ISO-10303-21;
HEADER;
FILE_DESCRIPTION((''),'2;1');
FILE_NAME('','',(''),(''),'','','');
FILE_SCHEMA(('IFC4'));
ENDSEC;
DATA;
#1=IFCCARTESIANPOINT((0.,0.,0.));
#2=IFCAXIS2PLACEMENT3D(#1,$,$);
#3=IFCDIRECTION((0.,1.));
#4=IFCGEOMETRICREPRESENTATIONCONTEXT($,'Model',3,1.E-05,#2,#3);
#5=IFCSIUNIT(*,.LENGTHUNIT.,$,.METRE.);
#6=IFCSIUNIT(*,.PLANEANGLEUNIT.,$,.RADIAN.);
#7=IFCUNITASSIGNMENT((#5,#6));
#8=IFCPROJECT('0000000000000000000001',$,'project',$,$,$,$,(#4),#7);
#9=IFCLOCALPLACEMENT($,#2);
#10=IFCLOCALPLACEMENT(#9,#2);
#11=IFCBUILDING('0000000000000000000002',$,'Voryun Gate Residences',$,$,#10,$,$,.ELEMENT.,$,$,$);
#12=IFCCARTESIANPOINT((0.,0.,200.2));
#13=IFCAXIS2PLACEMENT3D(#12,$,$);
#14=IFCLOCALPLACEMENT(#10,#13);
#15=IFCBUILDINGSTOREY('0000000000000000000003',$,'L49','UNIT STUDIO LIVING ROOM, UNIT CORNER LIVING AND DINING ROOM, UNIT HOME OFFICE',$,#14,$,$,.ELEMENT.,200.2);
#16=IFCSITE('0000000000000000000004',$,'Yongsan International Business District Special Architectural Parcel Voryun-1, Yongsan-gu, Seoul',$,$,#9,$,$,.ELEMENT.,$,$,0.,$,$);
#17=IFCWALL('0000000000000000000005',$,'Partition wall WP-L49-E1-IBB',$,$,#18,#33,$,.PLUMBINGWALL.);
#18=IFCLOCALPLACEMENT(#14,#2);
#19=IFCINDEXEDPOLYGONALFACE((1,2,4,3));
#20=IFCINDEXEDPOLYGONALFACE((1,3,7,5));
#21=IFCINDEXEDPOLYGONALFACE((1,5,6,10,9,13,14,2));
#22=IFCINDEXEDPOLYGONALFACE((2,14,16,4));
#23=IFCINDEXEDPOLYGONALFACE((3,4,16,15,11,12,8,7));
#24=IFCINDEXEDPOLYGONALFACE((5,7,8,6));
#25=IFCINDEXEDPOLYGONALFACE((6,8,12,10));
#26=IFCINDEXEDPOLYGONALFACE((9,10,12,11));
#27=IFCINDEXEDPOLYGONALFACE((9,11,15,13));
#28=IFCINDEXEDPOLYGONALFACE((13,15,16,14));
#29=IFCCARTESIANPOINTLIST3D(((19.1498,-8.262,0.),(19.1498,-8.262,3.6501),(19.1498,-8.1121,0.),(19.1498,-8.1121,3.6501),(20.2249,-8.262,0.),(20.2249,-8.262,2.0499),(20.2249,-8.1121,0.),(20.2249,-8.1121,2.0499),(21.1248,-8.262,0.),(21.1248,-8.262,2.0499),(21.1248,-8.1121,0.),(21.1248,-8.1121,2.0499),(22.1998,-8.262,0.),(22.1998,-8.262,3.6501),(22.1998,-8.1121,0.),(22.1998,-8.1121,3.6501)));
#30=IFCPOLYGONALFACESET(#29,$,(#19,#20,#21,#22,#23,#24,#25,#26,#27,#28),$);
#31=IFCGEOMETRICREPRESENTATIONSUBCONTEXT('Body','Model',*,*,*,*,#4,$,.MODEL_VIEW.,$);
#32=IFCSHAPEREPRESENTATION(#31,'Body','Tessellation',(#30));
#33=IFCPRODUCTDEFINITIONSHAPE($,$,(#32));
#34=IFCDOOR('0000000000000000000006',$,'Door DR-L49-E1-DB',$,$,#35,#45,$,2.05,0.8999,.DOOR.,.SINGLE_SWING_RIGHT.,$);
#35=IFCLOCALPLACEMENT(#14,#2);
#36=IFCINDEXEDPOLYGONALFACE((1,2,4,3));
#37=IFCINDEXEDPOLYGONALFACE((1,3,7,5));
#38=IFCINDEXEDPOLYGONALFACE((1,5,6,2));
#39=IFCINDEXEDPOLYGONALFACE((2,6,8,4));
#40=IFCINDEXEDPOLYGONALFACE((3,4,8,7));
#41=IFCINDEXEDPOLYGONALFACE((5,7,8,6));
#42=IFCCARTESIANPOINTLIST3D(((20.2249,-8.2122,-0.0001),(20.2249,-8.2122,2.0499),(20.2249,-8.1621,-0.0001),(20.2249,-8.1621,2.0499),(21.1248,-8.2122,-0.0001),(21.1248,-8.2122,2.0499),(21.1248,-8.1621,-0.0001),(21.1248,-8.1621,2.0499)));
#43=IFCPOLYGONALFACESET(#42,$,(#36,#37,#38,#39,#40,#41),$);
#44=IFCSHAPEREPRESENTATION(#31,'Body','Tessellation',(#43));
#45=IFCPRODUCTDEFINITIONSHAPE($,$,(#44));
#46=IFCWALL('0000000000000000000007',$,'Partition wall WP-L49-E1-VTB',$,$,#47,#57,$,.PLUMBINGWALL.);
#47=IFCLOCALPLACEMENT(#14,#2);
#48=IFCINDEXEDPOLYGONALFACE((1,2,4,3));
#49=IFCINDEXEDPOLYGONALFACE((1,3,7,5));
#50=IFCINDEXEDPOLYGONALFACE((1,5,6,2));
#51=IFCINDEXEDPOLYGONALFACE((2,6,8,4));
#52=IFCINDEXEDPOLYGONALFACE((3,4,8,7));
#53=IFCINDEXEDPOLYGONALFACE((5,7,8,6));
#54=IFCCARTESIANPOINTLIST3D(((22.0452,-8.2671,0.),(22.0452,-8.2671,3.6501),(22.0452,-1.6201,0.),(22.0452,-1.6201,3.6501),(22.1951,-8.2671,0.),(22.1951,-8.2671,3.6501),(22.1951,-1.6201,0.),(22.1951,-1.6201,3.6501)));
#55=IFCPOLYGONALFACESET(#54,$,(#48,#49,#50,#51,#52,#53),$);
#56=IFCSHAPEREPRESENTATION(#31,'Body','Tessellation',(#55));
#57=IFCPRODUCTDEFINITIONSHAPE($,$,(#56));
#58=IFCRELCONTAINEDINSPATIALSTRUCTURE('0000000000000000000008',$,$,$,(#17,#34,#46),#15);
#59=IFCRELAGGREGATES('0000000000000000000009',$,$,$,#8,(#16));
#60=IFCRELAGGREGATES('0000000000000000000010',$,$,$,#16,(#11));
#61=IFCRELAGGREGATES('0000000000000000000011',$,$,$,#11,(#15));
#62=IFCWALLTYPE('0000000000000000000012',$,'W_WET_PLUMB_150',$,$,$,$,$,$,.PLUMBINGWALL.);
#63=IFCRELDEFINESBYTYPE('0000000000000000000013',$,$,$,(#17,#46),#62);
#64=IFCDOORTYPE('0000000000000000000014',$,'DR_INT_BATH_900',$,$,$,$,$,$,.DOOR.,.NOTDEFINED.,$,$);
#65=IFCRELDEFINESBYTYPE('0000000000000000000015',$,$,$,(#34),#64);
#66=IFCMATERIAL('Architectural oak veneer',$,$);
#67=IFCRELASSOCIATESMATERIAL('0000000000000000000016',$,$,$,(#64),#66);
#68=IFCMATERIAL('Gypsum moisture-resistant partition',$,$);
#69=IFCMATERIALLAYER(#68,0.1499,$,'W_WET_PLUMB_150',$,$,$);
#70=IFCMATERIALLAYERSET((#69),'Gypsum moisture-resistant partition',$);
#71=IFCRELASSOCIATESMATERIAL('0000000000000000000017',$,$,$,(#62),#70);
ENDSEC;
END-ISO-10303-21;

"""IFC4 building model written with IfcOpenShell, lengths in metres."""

from ifc_helpers import new_model, si_unit, direction, frame, frame_2d, origin, place, context, subcontext, project, spatial, rectangle, extrude, material, layer, layer_set, type_object, element, fill, save


model = new_model("IFC4")

# Units and contexts
model_context = context("Model", 3, precision=1e-05, world=origin(), true_north=direction((0.0, 1.0)))
body_context = subcontext(model_context, "Body", "Model", "MODEL_VIEW")
ifc_project = project(units=[si_unit("LENGTHUNIT", "METRE"), si_unit("PLANEANGLEUNIT", "RADIAN")], contexts=[model_context])

# Site, building, storey
site_placement = place(None, origin())
site = spatial("IfcSite", under=ifc_project, at=site_placement, Name="Yongsan International Business District Special Architectural Parcel Voryun-1, Yongsan-gu, Seoul", CompositionType="ELEMENT", RefElevation=0.0)
building_placement = place(site_placement, origin())
building = spatial("IfcBuilding", under=site, at=building_placement, Name="Voryun Gate Residences", CompositionType="ELEMENT")
storey_placement = place(building_placement, frame((0.0, 0.0, 200.2)))
storey = spatial("IfcBuildingStorey", under=building, at=storey_placement, Name="L49", Description="UNIT STUDIO LIVING ROOM, UNIT CORNER LIVING AND DINING ROOM, UNIT HOME OFFICE", CompositionType="ELEMENT", Elevation=200.2)

# Shared definitions
ifc_material_1 = material(Name="Architectural oak veneer")
door_type_1 = type_object("IfcDoorType", Name="DR_INT_BATH_900", OperationType="NOTDEFINED", PredefinedType="DOOR", material=ifc_material_1)

# Wall, opening, door
ifc_material_2 = material(Name="Gypsum moisture-resistant partition")
ifc_layer_1 = layer(ifc_material_2, 0.1499, Name="W_WET_PLUMB_150")
ifc_layer_set_1 = layer_set([ifc_layer_1], Name="Gypsum moisture-resistant partition")
wall_type_1 = type_object("IfcWallType", Name="W_WET_PLUMB_150", PredefinedType="PLUMBINGWALL", material=ifc_layer_set_1)
wall_1_placement = place(storey_placement, frame((19.1499, -8.187, 0.0), z_axis=(0.0, 0.0, 1.0), x_axis=(1.0, 0.0, 0.0)))
wall_1 = element("IfcWall", 1, at=wall_1_placement, inside=storey, type_object=wall_type_1, Name="Partition wall WP-L49-E1-IBB", PredefinedType="PLUMBINGWALL", context=body_context, shape_type="SweptSolid", body=[
    extrude(rectangle(XDim=3.05, YDim=0.1499, at=frame_2d((1.5249, 0.0))), origin(), (0.0, 0.0, 1.0), 3.6501),
])
opening_1_placement = place(wall_1_placement, frame((1.075, 0.0, 0.0)))
opening_1 = element("IfcOpeningElement", 2, at=opening_1_placement, cuts=wall_1, PredefinedType="OPENING", context=body_context, shape_type="SweptSolid", body=[
    extrude(rectangle(XDim=0.8999, YDim=2.05, at=frame_2d((0.45, 1.0249))), frame((0.0, 0.085, 0.0), z_axis=(0.0, -1.0, 0.0), x_axis=(1.0, 0.0, 0.0)), (0.0, 0.0, 1.0), 0.1699),
])
door_1_placement = place(opening_1_placement, origin())
door_1 = element("IfcDoor", 3, at=door_1_placement, inside=storey, type_object=door_type_1, Name="Door DR-L49-E1-DB", OperationType="SINGLE_SWING_RIGHT", OverallHeight=2.05, OverallWidth=0.8999, PredefinedType="DOOR", context=body_context, shape_type="SweptSolid", body=[
    extrude(rectangle(XDim=0.8999, YDim=2.05, at=frame_2d((0.45, 1.0249))), frame((0.0, 0.0249, 0.0), z_axis=(0.0, -1.0, 0.0), x_axis=(1.0, 0.0, 0.0)), (0.0, 0.0, 1.0), 0.05),
])
fill(opening_1, door_1)

# Wall
wall_2_placement = place(storey_placement, frame((22.1201, -8.2671, 0.0), z_axis=(0.0, 0.0, 1.0), x_axis=(0.0, 1.0, 0.0)))
element("IfcWall", 4, at=wall_2_placement, inside=storey, type_object=wall_type_1, Name="Partition wall WP-L49-E1-VTB", PredefinedType="PLUMBINGWALL", context=body_context, shape_type="SweptSolid", body=[
    extrude(rectangle(XDim=6.647, YDim=0.1499, at=frame_2d((3.3235, 0.0))), origin(), (0.0, 0.0, 1.0), 3.6501),
])

save(model, "model.ifc")
